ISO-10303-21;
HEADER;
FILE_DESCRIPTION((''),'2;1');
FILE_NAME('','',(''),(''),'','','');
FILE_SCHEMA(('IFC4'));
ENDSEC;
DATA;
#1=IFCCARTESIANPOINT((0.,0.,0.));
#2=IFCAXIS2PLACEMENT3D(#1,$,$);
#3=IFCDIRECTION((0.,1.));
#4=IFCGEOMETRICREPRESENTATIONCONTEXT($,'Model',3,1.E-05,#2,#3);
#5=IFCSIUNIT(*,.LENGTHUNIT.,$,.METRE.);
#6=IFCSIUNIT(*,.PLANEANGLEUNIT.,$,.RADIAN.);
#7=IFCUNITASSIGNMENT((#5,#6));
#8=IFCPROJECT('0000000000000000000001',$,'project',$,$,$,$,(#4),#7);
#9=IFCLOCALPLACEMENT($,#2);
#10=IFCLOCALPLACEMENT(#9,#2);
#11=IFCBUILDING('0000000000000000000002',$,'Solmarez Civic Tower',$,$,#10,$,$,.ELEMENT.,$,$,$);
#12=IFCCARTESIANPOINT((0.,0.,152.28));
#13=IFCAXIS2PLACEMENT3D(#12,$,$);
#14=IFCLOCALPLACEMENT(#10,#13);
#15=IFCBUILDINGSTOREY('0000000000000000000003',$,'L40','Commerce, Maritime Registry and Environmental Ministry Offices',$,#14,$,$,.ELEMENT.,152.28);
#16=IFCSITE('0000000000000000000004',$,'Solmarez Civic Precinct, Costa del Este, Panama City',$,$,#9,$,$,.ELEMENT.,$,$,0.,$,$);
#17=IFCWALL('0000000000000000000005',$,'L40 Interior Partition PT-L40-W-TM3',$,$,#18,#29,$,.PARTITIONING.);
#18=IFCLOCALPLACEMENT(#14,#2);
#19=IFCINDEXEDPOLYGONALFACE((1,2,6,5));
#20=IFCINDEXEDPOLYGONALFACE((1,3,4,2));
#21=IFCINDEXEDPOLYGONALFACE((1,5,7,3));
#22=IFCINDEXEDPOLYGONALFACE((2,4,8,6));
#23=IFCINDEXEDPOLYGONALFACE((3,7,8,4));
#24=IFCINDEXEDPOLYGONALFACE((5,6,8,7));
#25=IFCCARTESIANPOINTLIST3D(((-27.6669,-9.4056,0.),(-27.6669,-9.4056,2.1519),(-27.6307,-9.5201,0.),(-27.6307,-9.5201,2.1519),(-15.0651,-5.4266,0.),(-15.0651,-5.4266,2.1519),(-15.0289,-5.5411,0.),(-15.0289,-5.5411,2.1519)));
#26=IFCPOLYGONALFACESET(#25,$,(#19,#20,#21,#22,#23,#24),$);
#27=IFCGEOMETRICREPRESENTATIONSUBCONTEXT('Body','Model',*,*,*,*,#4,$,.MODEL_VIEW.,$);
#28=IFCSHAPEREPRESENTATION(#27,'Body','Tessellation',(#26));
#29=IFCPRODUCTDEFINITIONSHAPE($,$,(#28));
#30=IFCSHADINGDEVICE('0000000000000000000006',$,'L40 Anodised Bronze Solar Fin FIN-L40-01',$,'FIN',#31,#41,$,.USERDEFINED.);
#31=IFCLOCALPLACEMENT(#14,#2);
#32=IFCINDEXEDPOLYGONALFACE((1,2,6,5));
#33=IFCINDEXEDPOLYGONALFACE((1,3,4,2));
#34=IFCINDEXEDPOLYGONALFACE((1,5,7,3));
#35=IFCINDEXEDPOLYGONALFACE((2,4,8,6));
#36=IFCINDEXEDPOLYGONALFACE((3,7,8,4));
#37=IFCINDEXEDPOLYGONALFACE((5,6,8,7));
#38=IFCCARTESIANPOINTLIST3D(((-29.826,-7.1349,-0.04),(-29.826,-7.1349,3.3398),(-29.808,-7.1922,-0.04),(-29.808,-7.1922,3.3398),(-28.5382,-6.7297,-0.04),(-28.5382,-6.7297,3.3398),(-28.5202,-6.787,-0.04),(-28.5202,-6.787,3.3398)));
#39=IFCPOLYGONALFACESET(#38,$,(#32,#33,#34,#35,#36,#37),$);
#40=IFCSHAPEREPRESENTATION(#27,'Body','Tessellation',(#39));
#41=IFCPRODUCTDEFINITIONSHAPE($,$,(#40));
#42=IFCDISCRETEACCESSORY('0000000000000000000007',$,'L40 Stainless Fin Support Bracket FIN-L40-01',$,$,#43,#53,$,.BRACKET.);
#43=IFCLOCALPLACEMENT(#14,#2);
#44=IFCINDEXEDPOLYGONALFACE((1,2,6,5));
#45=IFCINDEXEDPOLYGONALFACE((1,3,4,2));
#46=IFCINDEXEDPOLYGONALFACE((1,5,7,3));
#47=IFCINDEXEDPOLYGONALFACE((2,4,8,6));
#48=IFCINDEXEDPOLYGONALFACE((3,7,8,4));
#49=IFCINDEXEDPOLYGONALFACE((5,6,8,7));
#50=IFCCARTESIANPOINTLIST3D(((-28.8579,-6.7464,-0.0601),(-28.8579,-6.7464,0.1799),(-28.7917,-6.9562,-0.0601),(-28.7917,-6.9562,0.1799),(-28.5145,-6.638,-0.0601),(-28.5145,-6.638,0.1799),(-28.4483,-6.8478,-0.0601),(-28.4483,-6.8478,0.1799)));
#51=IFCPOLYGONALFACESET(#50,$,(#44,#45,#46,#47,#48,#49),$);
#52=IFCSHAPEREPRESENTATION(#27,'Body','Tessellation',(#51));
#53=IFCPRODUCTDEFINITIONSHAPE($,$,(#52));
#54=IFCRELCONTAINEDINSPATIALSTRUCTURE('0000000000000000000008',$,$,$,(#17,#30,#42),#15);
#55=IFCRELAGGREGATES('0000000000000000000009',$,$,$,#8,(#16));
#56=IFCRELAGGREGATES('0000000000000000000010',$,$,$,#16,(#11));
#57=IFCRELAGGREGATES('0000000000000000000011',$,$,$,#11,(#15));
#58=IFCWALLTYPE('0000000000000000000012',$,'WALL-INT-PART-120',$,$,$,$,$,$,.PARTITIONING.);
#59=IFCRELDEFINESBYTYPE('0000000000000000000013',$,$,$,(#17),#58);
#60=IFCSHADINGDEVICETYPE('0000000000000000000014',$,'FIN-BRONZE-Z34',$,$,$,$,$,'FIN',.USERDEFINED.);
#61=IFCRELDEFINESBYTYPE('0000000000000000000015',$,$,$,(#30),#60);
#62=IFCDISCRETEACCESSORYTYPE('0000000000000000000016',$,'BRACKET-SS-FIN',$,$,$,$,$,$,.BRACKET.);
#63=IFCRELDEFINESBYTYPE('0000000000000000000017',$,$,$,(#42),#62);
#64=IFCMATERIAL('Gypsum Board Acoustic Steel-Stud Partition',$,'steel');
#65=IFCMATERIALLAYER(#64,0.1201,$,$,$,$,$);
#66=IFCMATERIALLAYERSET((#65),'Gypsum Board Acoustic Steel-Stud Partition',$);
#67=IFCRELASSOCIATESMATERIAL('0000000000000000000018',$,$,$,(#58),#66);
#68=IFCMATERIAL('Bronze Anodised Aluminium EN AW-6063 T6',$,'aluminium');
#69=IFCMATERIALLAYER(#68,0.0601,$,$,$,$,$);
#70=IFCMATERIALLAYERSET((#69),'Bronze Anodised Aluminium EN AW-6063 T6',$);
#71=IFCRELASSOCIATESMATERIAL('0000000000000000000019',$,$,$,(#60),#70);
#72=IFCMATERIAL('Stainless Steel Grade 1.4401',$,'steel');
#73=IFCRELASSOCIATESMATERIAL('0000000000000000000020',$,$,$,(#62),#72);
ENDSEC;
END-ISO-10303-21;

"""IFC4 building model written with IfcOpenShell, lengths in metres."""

from ifc_helpers import new_model, si_unit, direction, frame, frame_2d, origin, origin_2d, place, context, subcontext, project, spatial, rectangle, extrude, material, layer, layer_set, type_object, element, save


model = new_model("IFC4")

# Units and contexts
model_context = context("Model", 3, precision=1e-05, world=origin(), true_north=direction((0.0, 1.0)))
body_context = subcontext(model_context, "Body", "Model", "MODEL_VIEW")
ifc_project = project(units=[si_unit("LENGTHUNIT", "METRE"), si_unit("PLANEANGLEUNIT", "RADIAN")], contexts=[model_context])

# Site, building, storey
site_placement = place(None, origin())
site = spatial("IfcSite", under=ifc_project, at=site_placement, Name="Solmarez Civic Precinct, Costa del Este, Panama City", CompositionType="ELEMENT", RefElevation=0.0)
building_placement = place(site_placement, origin())
building = spatial("IfcBuilding", under=site, at=building_placement, Name="Solmarez Civic Tower", CompositionType="ELEMENT")
storey_placement = place(building_placement, frame((0.0, 0.0, 152.28)))
storey = spatial("IfcBuildingStorey", under=building, at=storey_placement, Name="L40", Description="Commerce, Maritime Registry and Environmental Ministry Offices", CompositionType="ELEMENT", Elevation=152.28)

# Shared definitions
ifc_material_1 = material(Name="Gypsum Board Acoustic Steel-Stud Partition", Category="steel")

# Shared definitions
ifc_layer_1 = layer(ifc_material_1, 0.1201)
ifc_layer_set_1 = layer_set([ifc_layer_1], Name="Gypsum Board Acoustic Steel-Stud Partition")
wall_type_1 = type_object("IfcWallType", Name="WALL-INT-PART-120", PredefinedType="PARTITIONING", material=ifc_layer_set_1)

# Wall
wall_1_placement = place(storey_placement, frame((-15.0471, -5.4839, 0.0), z_axis=(0.0, 0.0, 1.0), x_axis=(-0.953594, -0.301096, 0.0)))
element("IfcWall", 1, at=wall_1_placement, inside=storey, type_object=wall_type_1, Name="L40 Interior Partition PT-L40-W-TM3", PredefinedType="PARTITIONING", context=body_context, shape_type="SweptSolid", body=[
    extrude(rectangle(XDim=13.2151, YDim=0.1201, at=frame_2d((6.6074, 0.0))), origin(), (0.0, 0.0, 1.0), 2.1519),
])

# Shading device
ifc_material_2 = material(Name="Bronze Anodised Aluminium EN AW-6063 T6", Category="aluminium")
ifc_layer_2 = layer(ifc_material_2, 0.0601)
ifc_layer_set_2 = layer_set([ifc_layer_2], Name="Bronze Anodised Aluminium EN AW-6063 T6")
shading_device_type = type_object("IfcShadingDeviceType", Name="FIN-BRONZE-Z34", ElementType="FIN", PredefinedType="USERDEFINED", material=ifc_layer_set_2)
shading_device_placement = place(storey_placement, frame((-29.1731, -6.9609, -0.04), z_axis=(0.0, 0.0, 1.0), x_axis=(-0.953885, -0.300173, 0.0)))
element("IfcShadingDevice", 2, at=shading_device_placement, inside=storey, type_object=shading_device_type, Name="L40 Anodised Bronze Solar Fin FIN-L40-01", ObjectType="FIN", PredefinedType="USERDEFINED", context=body_context, shape_type="SweptSolid", body=[
    extrude(rectangle(XDim=1.3501, YDim=0.0601, at=origin_2d()), origin(), (0.0, 0.0, 1.0), 3.3799),
])

# Discrete accessory
ifc_material_3 = material(Name="Stainless Steel Grade 1.4401", Category="steel")
discrete_accessory_type = type_object("IfcDiscreteAccessoryType", Name="BRACKET-SS-FIN", PredefinedType="BRACKET", material=ifc_material_3)
discrete_accessory_placement = place(storey_placement, frame((-28.6531, -6.7971, -0.0601), z_axis=(0.0, 0.0, 1.0), x_axis=(-0.95361, -0.301043, 0.0)))
element("IfcDiscreteAccessory", 3, at=discrete_accessory_placement, inside=storey, type_object=discrete_accessory_type, Name="L40 Stainless Fin Support Bracket FIN-L40-01", PredefinedType="BRACKET", context=body_context, shape_type="SweptSolid", body=[
    extrude(rectangle(XDim=0.3601, YDim=0.22, at=origin_2d()), origin(), (0.0, 0.0, 1.0), 0.24),
])

save(model, "model.ifc")
